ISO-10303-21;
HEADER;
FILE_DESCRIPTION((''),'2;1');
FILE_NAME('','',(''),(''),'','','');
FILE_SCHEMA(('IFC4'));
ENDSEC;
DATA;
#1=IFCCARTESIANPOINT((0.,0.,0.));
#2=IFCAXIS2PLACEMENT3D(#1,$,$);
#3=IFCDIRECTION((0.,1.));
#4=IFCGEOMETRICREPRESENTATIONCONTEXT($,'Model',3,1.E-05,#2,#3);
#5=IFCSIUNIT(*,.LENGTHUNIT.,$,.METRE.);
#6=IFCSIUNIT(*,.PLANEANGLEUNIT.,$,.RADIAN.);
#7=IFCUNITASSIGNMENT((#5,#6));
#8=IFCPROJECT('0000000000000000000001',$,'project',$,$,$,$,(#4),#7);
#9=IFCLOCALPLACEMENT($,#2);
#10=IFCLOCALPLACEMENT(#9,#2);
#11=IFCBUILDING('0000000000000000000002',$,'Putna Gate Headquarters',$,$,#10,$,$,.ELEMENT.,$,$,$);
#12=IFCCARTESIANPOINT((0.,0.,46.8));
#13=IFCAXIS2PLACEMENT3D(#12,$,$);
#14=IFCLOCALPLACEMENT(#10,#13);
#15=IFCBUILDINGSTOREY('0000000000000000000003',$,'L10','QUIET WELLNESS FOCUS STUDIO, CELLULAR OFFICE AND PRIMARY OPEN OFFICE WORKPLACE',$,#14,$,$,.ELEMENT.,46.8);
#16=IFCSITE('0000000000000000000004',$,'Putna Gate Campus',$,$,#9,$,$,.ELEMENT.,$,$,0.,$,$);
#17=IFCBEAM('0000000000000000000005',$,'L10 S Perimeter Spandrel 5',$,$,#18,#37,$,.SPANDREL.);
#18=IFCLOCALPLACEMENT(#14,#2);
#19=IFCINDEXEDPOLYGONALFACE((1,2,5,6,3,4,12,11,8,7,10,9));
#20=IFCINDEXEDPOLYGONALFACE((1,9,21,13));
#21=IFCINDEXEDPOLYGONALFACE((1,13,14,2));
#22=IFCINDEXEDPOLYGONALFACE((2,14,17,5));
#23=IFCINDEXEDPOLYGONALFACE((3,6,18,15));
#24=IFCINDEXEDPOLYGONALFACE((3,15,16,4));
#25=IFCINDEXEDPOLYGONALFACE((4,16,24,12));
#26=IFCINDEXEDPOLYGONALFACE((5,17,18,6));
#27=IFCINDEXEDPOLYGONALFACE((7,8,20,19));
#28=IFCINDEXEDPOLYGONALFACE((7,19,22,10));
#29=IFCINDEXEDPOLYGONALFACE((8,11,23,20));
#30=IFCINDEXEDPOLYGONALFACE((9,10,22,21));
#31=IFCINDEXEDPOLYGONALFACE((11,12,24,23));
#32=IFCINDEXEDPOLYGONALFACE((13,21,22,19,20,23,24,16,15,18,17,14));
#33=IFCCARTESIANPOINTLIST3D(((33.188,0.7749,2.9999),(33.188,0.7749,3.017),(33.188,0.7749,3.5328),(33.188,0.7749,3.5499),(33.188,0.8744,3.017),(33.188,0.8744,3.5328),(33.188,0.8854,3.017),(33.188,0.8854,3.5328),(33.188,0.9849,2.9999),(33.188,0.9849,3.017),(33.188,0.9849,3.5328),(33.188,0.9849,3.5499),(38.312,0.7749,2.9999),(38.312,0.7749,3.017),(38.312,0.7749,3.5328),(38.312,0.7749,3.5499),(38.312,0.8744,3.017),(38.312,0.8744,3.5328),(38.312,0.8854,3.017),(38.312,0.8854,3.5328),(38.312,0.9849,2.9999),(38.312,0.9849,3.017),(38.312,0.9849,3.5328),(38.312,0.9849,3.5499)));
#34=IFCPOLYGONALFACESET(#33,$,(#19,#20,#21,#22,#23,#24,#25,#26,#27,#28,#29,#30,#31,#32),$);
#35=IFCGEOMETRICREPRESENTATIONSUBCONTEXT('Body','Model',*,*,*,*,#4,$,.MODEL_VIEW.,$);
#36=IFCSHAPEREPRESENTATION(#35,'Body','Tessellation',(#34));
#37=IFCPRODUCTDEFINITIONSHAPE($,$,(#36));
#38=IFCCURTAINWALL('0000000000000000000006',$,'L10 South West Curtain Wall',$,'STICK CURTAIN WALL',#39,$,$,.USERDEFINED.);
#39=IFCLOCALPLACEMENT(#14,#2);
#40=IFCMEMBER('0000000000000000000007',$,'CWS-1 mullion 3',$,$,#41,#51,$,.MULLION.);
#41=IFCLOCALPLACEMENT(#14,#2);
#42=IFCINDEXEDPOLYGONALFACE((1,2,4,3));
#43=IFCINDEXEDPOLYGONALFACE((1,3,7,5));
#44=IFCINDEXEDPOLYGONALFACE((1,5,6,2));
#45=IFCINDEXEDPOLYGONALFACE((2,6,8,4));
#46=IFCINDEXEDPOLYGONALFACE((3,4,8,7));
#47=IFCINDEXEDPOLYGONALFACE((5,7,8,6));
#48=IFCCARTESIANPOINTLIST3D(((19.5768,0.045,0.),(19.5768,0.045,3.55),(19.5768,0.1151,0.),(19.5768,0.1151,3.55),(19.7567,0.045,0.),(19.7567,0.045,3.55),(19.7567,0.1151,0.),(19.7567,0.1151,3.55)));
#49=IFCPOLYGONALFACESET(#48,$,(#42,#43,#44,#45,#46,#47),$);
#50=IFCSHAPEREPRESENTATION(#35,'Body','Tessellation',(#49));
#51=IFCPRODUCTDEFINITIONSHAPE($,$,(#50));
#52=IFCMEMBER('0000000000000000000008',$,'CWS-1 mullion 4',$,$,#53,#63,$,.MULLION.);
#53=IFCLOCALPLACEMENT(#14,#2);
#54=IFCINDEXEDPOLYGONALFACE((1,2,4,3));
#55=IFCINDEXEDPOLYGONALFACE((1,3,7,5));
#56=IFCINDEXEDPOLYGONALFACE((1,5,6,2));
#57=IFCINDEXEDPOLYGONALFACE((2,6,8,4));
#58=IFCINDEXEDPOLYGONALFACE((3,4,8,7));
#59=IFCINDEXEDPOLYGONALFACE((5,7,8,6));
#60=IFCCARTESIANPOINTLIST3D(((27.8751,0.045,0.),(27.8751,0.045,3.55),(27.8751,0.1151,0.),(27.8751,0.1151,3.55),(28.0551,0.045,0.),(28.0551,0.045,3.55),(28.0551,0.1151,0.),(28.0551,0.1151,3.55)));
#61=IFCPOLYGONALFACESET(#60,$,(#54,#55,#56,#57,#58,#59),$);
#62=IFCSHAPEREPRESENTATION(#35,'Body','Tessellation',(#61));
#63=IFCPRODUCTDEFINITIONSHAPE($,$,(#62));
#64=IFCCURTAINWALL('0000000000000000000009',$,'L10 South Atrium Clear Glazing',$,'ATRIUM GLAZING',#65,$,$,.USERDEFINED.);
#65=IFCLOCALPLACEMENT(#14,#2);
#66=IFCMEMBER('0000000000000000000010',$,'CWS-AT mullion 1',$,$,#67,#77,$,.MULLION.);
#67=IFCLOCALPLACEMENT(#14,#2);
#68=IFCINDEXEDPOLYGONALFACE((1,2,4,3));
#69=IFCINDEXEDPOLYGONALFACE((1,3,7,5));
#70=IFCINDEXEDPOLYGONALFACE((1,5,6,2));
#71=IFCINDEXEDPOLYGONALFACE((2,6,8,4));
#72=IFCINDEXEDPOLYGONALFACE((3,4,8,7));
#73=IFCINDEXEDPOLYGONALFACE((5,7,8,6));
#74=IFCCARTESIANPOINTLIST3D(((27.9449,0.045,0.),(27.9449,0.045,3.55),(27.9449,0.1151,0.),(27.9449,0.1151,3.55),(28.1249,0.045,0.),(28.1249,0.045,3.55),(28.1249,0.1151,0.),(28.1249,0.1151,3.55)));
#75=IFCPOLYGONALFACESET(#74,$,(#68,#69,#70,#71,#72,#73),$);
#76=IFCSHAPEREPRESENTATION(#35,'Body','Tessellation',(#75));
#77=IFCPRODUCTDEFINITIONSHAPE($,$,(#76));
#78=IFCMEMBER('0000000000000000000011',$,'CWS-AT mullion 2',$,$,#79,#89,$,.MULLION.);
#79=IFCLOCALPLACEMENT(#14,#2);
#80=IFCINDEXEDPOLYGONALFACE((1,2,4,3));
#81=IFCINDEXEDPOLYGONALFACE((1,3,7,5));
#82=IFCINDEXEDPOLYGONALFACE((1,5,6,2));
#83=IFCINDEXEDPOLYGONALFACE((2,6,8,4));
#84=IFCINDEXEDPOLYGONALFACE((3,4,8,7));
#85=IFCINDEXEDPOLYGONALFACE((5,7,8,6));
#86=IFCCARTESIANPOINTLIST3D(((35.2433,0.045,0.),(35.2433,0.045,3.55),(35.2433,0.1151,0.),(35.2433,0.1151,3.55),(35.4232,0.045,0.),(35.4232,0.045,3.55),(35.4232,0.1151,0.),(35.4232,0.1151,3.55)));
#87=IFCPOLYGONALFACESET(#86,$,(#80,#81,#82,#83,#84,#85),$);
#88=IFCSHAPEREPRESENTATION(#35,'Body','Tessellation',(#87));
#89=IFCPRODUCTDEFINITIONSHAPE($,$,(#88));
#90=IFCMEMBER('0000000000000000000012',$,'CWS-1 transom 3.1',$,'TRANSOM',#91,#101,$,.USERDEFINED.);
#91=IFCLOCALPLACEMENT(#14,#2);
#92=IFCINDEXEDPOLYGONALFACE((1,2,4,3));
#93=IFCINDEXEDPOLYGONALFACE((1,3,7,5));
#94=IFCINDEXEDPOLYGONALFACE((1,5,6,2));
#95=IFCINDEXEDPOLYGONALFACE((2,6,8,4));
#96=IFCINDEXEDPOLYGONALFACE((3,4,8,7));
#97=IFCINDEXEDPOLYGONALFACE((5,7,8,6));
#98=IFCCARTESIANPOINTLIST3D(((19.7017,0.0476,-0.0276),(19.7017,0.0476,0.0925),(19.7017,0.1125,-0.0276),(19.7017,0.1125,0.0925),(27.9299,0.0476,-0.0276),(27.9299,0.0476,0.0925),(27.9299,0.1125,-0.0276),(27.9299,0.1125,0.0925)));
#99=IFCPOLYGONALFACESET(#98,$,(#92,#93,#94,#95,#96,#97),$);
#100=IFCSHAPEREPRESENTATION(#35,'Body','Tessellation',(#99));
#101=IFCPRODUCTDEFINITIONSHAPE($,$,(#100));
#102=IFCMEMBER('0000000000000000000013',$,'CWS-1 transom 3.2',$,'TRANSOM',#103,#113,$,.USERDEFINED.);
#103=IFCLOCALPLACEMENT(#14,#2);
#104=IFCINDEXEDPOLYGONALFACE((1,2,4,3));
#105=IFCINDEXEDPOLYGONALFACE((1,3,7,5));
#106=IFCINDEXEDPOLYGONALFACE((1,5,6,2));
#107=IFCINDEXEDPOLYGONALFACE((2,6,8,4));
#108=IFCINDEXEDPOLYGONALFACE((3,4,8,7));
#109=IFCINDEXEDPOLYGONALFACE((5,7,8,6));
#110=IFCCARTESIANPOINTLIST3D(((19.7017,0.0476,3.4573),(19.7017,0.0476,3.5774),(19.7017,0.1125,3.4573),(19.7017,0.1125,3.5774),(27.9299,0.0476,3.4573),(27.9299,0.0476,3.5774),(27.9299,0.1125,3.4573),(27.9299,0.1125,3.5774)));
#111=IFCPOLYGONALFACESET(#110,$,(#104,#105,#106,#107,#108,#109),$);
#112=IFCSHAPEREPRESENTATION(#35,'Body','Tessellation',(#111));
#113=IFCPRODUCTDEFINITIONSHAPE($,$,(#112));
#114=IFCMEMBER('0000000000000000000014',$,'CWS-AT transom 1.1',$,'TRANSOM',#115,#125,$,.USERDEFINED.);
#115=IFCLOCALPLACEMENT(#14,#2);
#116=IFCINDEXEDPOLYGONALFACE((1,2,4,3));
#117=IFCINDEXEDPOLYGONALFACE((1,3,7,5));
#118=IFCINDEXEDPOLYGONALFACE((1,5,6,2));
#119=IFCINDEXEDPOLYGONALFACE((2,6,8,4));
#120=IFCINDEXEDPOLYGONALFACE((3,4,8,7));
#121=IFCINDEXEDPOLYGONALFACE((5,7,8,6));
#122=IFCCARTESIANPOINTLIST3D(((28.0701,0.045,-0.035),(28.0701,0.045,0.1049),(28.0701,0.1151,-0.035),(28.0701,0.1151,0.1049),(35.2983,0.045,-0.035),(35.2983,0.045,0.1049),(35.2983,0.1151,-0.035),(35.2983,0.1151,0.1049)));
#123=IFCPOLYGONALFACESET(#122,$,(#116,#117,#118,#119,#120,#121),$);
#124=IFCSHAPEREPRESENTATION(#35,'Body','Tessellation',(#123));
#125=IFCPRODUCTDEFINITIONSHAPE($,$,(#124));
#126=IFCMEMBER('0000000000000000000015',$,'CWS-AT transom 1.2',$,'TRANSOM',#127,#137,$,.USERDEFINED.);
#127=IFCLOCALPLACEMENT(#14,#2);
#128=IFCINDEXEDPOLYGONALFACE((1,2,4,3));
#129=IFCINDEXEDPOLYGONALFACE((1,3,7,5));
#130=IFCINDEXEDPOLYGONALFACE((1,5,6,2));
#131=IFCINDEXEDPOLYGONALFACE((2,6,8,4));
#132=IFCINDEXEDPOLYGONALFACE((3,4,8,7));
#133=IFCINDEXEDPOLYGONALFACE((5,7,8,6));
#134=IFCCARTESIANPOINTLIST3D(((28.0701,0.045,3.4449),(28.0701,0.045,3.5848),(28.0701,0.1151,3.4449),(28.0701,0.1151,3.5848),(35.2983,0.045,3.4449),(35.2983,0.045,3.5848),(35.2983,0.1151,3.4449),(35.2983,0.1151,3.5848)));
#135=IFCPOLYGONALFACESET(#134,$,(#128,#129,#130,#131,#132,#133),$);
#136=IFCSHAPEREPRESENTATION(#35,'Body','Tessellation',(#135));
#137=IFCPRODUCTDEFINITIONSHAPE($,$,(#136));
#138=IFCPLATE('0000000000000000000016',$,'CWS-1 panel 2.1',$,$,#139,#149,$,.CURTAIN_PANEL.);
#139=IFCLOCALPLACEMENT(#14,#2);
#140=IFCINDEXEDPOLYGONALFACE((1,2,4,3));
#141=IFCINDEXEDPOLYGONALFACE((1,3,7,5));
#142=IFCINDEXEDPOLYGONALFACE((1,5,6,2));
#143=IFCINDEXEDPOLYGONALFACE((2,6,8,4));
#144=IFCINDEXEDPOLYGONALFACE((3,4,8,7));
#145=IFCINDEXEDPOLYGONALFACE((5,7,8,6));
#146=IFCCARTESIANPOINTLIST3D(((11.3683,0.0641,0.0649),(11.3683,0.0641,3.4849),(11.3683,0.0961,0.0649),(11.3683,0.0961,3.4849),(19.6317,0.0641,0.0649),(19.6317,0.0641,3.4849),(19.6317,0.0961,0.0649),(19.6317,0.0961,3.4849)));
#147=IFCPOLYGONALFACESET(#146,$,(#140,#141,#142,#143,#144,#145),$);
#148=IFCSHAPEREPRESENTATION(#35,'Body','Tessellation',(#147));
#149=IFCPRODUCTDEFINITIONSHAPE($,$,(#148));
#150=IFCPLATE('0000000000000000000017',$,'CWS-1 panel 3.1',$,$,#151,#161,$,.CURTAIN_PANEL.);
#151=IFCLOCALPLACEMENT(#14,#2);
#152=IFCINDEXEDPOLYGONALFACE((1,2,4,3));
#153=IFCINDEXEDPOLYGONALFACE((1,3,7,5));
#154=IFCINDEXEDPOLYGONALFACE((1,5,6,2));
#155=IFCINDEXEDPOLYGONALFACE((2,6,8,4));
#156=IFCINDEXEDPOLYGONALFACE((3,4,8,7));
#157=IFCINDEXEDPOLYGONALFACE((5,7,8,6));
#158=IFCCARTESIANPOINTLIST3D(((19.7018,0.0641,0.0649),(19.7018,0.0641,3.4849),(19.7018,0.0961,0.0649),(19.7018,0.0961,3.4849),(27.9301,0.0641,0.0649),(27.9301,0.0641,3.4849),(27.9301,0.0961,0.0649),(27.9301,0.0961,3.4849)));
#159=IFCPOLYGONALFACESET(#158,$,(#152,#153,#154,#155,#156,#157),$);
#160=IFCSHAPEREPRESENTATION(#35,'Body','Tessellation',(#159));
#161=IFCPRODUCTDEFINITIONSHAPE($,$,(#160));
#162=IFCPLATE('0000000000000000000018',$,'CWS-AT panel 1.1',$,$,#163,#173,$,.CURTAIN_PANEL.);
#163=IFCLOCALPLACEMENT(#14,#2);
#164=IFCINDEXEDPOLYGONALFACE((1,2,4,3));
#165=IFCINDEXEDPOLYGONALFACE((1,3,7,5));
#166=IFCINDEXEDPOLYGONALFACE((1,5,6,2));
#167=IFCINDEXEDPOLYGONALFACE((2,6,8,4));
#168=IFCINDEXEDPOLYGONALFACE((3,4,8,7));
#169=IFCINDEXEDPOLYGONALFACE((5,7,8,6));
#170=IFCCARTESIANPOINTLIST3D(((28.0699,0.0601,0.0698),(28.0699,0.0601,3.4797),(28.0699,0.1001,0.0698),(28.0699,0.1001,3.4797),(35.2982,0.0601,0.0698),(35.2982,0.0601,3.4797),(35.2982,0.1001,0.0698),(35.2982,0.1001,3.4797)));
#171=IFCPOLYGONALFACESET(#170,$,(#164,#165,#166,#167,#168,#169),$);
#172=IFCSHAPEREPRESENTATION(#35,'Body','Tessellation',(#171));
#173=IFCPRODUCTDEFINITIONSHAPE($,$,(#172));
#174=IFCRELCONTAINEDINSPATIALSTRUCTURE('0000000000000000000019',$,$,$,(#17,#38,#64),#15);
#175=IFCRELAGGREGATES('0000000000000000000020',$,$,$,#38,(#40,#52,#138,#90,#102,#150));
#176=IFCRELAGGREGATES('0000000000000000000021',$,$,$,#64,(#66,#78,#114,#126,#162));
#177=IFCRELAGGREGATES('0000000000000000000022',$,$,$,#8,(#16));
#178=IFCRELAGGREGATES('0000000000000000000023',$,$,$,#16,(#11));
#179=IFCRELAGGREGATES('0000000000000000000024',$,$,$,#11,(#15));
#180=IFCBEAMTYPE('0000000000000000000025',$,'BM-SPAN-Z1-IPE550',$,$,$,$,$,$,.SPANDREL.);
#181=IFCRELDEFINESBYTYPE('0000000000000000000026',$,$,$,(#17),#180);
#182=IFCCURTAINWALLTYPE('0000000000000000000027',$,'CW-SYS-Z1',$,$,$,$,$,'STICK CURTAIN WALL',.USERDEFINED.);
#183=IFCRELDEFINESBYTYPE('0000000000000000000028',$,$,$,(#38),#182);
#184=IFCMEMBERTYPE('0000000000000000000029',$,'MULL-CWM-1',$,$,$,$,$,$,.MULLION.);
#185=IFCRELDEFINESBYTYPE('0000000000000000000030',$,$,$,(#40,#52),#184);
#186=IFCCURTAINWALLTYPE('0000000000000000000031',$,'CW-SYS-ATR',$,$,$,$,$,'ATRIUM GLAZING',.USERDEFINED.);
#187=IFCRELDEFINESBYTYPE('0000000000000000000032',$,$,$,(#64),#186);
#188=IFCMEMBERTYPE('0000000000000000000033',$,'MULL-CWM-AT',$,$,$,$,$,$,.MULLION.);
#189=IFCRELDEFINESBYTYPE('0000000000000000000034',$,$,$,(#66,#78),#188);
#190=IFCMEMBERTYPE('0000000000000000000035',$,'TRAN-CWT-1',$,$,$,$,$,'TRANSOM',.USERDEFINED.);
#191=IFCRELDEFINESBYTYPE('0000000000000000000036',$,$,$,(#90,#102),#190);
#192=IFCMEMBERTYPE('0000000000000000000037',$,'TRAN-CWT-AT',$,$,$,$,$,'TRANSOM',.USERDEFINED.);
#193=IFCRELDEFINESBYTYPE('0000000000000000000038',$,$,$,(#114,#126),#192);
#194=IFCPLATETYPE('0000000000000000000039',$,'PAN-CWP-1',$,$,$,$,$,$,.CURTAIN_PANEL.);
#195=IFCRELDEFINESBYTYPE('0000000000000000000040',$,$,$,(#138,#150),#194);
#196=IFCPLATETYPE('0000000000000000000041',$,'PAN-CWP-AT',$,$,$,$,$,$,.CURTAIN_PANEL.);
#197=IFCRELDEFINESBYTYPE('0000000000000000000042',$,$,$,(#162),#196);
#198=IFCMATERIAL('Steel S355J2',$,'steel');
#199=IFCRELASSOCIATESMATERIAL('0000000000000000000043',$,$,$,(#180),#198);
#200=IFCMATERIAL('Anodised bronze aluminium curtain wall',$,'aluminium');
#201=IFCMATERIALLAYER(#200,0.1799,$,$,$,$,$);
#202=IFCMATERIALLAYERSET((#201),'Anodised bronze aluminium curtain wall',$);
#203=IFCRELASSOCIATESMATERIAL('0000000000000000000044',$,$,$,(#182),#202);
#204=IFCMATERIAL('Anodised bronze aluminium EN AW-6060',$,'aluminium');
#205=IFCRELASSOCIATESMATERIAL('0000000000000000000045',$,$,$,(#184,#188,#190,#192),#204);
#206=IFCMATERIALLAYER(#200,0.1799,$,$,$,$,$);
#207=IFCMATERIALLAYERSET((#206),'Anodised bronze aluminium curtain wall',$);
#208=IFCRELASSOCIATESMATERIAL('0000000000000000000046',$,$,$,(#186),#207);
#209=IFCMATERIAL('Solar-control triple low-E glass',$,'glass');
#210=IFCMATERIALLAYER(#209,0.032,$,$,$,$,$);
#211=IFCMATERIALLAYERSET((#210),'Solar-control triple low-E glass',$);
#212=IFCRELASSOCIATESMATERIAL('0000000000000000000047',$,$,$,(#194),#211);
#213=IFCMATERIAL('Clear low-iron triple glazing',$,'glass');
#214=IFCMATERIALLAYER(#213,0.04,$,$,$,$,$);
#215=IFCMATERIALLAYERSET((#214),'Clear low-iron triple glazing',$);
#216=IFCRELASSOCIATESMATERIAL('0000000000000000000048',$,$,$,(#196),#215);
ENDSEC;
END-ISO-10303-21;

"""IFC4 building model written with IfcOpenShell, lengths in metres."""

from ifc_helpers import new_model, si_unit, direction, frame, origin, origin_2d, place, context, subcontext, project, spatial, rectangle, i_section, extrude, material, layer, layer_set, material_profile, profile_set, type_object, element, aggregate, save


model = new_model("IFC4")

# Units and contexts
model_context = context("Model", 3, precision=1e-05, world=origin(), true_north=direction((0.0, 1.0)))
body_context = subcontext(model_context, "Body", "Model", "MODEL_VIEW")
ifc_project = project(units=[si_unit("LENGTHUNIT", "METRE"), si_unit("PLANEANGLEUNIT", "RADIAN")], contexts=[model_context])

# Site, building, storey
site_placement = place(None, origin())
site = spatial("IfcSite", under=ifc_project, at=site_placement, Name="Putna Gate Campus", CompositionType="ELEMENT", RefElevation=0.0)
building_placement = place(site_placement, origin())
building = spatial("IfcBuilding", under=site, at=building_placement, Name="Putna Gate Headquarters", CompositionType="ELEMENT")
storey_placement = place(building_placement, frame((0.0, 0.0, 46.8)))
storey = spatial("IfcBuildingStorey", under=building, at=storey_placement, Name="L10", Description="QUIET WELLNESS FOCUS STUDIO, CELLULAR OFFICE AND PRIMARY OPEN OFFICE WORKPLACE", CompositionType="ELEMENT", Elevation=46.8)

# Beam
ifc_material_1 = material(Name="Steel S355J2", Category="steel")
ifc_material_profile_1 = material_profile(ifc_material_1, i_section(OverallWidth=0.21, OverallDepth=0.55, WebThickness=0.011, FlangeThickness=0.0171, at=origin_2d()), Name="Steel S355J2")
ifc_profile_set_1 = profile_set([ifc_material_profile_1], Name="Steel S355J2")
beam_type_1 = type_object("IfcBeamType", Name="BM-SPAN-Z1-IPE550", PredefinedType="SPANDREL", material=ifc_profile_set_1)
for number, where, z_axis, x_axis, name in (
    (1, (33.188, 0.8799, 3.2749), (1.0, 0.0, 0.0), (0.0, 1.0, 0.0), "L10 S Perimeter Spandrel 5"),
):
    element("IfcBeam", number, at=place(storey_placement, frame(where, z_axis=z_axis, x_axis=x_axis)), inside=storey, type_object=beam_type_1, Name=name, PredefinedType="SPANDREL", context=body_context, shape_type="SweptSolid", body=[
        extrude(i_section(OverallWidth=0.21, OverallDepth=0.55, WebThickness=0.011, FlangeThickness=0.0171, at=origin_2d()), origin(), (0.0, 0.0, 1.0), 5.124),
    ])

# Curtain walls, members
ifc_material_2 = material(Name="Anodised bronze aluminium curtain wall", Category="aluminium")
ifc_layer_1 = layer(ifc_material_2, 0.1799)
ifc_layer_set_1 = layer_set([ifc_layer_1], Name="Anodised bronze aluminium curtain wall")
curtain_wall_type_1 = type_object("IfcCurtainWallType", Name="CW-SYS-Z1", ElementType="STICK CURTAIN WALL", PredefinedType="USERDEFINED", material=ifc_layer_set_1)
curtain_wall_1_placement = place(storey_placement, origin())
curtain_wall_1 = element("IfcCurtainWall", 2, at=curtain_wall_1_placement, inside=storey, type_object=curtain_wall_type_1, Name="L10 South West Curtain Wall", ObjectType="STICK CURTAIN WALL", PredefinedType="USERDEFINED")
ifc_material_3 = material(Name="Anodised bronze aluminium EN AW-6060", Category="aluminium")
ifc_material_profile_2 = material_profile(ifc_material_3, rectangle(XDim=0.0701, YDim=0.1799, at=origin_2d()), Name="Anodised bronze aluminium EN AW-6060")
ifc_profile_set_2 = profile_set([ifc_material_profile_2], Name="Anodised bronze aluminium EN AW-6060")
member_type_1 = type_object("IfcMemberType", Name="MULL-CWM-1", PredefinedType="MULLION", material=ifc_profile_set_2)
member_1_placement = place(storey_placement, frame((19.6667, 0.0801, 0.0), z_axis=(0.0, 0.0, 1.0), x_axis=(0.0, 1.0, 0.0)))
member_1 = element("IfcMember", 3, at=member_1_placement, type_object=member_type_1, Name="CWS-1 mullion 3", PredefinedType="MULLION", context=body_context, shape_type="SweptSolid", body=[
    extrude(rectangle(XDim=0.0701, YDim=0.1799, at=origin_2d()), origin(), (0.0, 0.0, 1.0), 3.55),
])
member_2_placement = place(storey_placement, frame((27.9651, 0.0801, 0.0), z_axis=(0.0, 0.0, 1.0), x_axis=(0.0, 1.0, 0.0)))
member_2 = element("IfcMember", 4, at=member_2_placement, type_object=member_type_1, Name="CWS-1 mullion 4", PredefinedType="MULLION", context=body_context, shape_type="SweptSolid", body=[
    extrude(rectangle(XDim=0.0701, YDim=0.1799, at=origin_2d()), origin(), (0.0, 0.0, 1.0), 3.55),
])
ifc_layer_2 = layer(ifc_material_2, 0.1799)
ifc_layer_set_2 = layer_set([ifc_layer_2], Name="Anodised bronze aluminium curtain wall")
curtain_wall_type_2 = type_object("IfcCurtainWallType", Name="CW-SYS-ATR", ElementType="ATRIUM GLAZING", PredefinedType="USERDEFINED", material=ifc_layer_set_2)
curtain_wall_2_placement = place(storey_placement, origin())
curtain_wall_2 = element("IfcCurtainWall", 5, at=curtain_wall_2_placement, inside=storey, type_object=curtain_wall_type_2, Name="L10 South Atrium Clear Glazing", ObjectType="ATRIUM GLAZING", PredefinedType="USERDEFINED")
ifc_material_profile_3 = material_profile(ifc_material_3, rectangle(XDim=0.0701, YDim=0.1799, at=origin_2d()), Name="Anodised bronze aluminium EN AW-6060")
ifc_profile_set_3 = profile_set([ifc_material_profile_3], Name="Anodised bronze aluminium EN AW-6060")
member_type_2 = type_object("IfcMemberType", Name="MULL-CWM-AT", PredefinedType="MULLION", material=ifc_profile_set_3)
member_3_placement = place(storey_placement, frame((28.0349, 0.0801, 0.0), z_axis=(0.0, 0.0, 1.0), x_axis=(0.0, 1.0, 0.0)))
member_3 = element("IfcMember", 6, at=member_3_placement, type_object=member_type_2, Name="CWS-AT mullion 1", PredefinedType="MULLION", context=body_context, shape_type="SweptSolid", body=[
    extrude(rectangle(XDim=0.0701, YDim=0.1799, at=origin_2d()), origin(), (0.0, 0.0, 1.0), 3.55),
])
member_4_placement = place(storey_placement, frame((35.3333, 0.0801, 0.0), z_axis=(0.0, 0.0, 1.0), x_axis=(0.0, 1.0, 0.0)))
member_4 = element("IfcMember", 7, at=member_4_placement, type_object=member_type_2, Name="CWS-AT mullion 2", PredefinedType="MULLION", context=body_context, shape_type="SweptSolid", body=[
    extrude(rectangle(XDim=0.0701, YDim=0.1799, at=origin_2d()), origin(), (0.0, 0.0, 1.0), 3.55),
])

# Members
ifc_material_profile_4 = material_profile(ifc_material_3, rectangle(XDim=0.0649, YDim=0.1201, at=origin_2d()), Name="Anodised bronze aluminium EN AW-6060")
ifc_profile_set_4 = profile_set([ifc_material_profile_4], Name="Anodised bronze aluminium EN AW-6060")
member_type_3 = type_object("IfcMemberType", Name="TRAN-CWT-1", ElementType="TRANSOM", PredefinedType="USERDEFINED", material=ifc_profile_set_4)
member_5_placement = place(storey_placement, frame((19.7017, 0.0801, 0.0325), z_axis=(1.0, 0.0, 0.0), x_axis=(0.0, 1.0, 0.0)))
member_5 = element("IfcMember", 8, at=member_5_placement, type_object=member_type_3, Name="CWS-1 transom 3.1", ObjectType="TRANSOM", PredefinedType="USERDEFINED", context=body_context, shape_type="SweptSolid", body=[
    extrude(rectangle(XDim=0.0649, YDim=0.1201, at=origin_2d()), origin(), (0.0, 0.0, 1.0), 8.2283),
])
member_6_placement = place(storey_placement, frame((19.7017, 0.0801, 3.5173), z_axis=(1.0, 0.0, 0.0), x_axis=(0.0, 1.0, 0.0)))
member_6 = element("IfcMember", 9, at=member_6_placement, type_object=member_type_3, Name="CWS-1 transom 3.2", ObjectType="TRANSOM", PredefinedType="USERDEFINED", context=body_context, shape_type="SweptSolid", body=[
    extrude(rectangle(XDim=0.0649, YDim=0.1201, at=origin_2d()), origin(), (0.0, 0.0, 1.0), 8.2283),
])
ifc_material_profile_5 = material_profile(ifc_material_3, rectangle(XDim=0.0701, YDim=0.1399, at=origin_2d()), Name="Anodised bronze aluminium EN AW-6060")
ifc_profile_set_5 = profile_set([ifc_material_profile_5], Name="Anodised bronze aluminium EN AW-6060")
member_type_4 = type_object("IfcMemberType", Name="TRAN-CWT-AT", ElementType="TRANSOM", PredefinedType="USERDEFINED", material=ifc_profile_set_5)
member_7_placement = place(storey_placement, frame((28.0701, 0.0801, 0.0349), z_axis=(1.0, 0.0, 0.0), x_axis=(0.0, 1.0, 0.0)))
member_7 = element("IfcMember", 10, at=member_7_placement, type_object=member_type_4, Name="CWS-AT transom 1.1", ObjectType="TRANSOM", PredefinedType="USERDEFINED", context=body_context, shape_type="SweptSolid", body=[
    extrude(rectangle(XDim=0.0701, YDim=0.1399, at=origin_2d()), origin(), (0.0, 0.0, 1.0), 7.2283),
])
member_8_placement = place(storey_placement, frame((28.0701, 0.0801, 3.5149), z_axis=(1.0, 0.0, 0.0), x_axis=(0.0, 1.0, 0.0)))
member_8 = element("IfcMember", 11, at=member_8_placement, type_object=member_type_4, Name="CWS-AT transom 1.2", ObjectType="TRANSOM", PredefinedType="USERDEFINED", context=body_context, shape_type="SweptSolid", body=[
    extrude(rectangle(XDim=0.0701, YDim=0.1399, at=origin_2d()), origin(), (0.0, 0.0, 1.0), 7.2283),
])

# Plates
ifc_material_4 = material(Name="Solar-control triple low-E glass", Category="glass")
ifc_layer_3 = layer(ifc_material_4, 0.032)
ifc_layer_set_3 = layer_set([ifc_layer_3], Name="Solar-control triple low-E glass")
plate_type_1 = type_object("IfcPlateType", Name="PAN-CWP-1", PredefinedType="CURTAIN_PANEL", material=ifc_layer_set_3)
plate_1_placement = place(storey_placement, frame((15.5, 0.0801, 0.0649), z_axis=(0.0, 0.0, 1.0), x_axis=(1.0, 0.0, 0.0)))
plate_1 = element("IfcPlate", 12, at=plate_1_placement, type_object=plate_type_1, Name="CWS-1 panel 2.1", PredefinedType="CURTAIN_PANEL", context=body_context, shape_type="SweptSolid", body=[
    extrude(rectangle(XDim=8.2634, YDim=0.032, at=origin_2d()), origin(), (0.0, 0.0, 1.0), 3.4199),
])
plate_2_placement = place(storey_placement, frame((23.8159, 0.0801, 0.0649), z_axis=(0.0, 0.0, 1.0), x_axis=(1.0, 0.0, 0.0)))
plate_2 = element("IfcPlate", 13, at=plate_2_placement, type_object=plate_type_1, Name="CWS-1 panel 3.1", PredefinedType="CURTAIN_PANEL", context=body_context, shape_type="SweptSolid", body=[
    extrude(rectangle(XDim=8.2283, YDim=0.032, at=origin_2d()), origin(), (0.0, 0.0, 1.0), 3.4199),
])
aggregate(curtain_wall_1, [member_1, member_2, plate_1, member_5, member_6, plate_2])
ifc_material_5 = material(Name="Clear low-iron triple glazing", Category="glass")
ifc_layer_4 = layer(ifc_material_5, 0.04)
ifc_layer_set_4 = layer_set([ifc_layer_4], Name="Clear low-iron triple glazing")
plate_type_2 = type_object("IfcPlateType", Name="PAN-CWP-AT", PredefinedType="CURTAIN_PANEL", material=ifc_layer_set_4)
plate_3_placement = place(storey_placement, frame((31.6841, 0.0801, 0.0698), z_axis=(0.0, 0.0, 1.0), x_axis=(1.0, 0.0, 0.0)))
plate_3 = element("IfcPlate", 14, at=plate_3_placement, type_object=plate_type_2, Name="CWS-AT panel 1.1", PredefinedType="CURTAIN_PANEL", context=body_context, shape_type="SweptSolid", body=[
    extrude(rectangle(XDim=7.2283, YDim=0.04, at=origin_2d()), origin(), (0.0, 0.0, 1.0), 3.4099),
])
aggregate(curtain_wall_2, [member_3, member_4, member_7, member_8, plate_3])

save(model, "model.ifc")
